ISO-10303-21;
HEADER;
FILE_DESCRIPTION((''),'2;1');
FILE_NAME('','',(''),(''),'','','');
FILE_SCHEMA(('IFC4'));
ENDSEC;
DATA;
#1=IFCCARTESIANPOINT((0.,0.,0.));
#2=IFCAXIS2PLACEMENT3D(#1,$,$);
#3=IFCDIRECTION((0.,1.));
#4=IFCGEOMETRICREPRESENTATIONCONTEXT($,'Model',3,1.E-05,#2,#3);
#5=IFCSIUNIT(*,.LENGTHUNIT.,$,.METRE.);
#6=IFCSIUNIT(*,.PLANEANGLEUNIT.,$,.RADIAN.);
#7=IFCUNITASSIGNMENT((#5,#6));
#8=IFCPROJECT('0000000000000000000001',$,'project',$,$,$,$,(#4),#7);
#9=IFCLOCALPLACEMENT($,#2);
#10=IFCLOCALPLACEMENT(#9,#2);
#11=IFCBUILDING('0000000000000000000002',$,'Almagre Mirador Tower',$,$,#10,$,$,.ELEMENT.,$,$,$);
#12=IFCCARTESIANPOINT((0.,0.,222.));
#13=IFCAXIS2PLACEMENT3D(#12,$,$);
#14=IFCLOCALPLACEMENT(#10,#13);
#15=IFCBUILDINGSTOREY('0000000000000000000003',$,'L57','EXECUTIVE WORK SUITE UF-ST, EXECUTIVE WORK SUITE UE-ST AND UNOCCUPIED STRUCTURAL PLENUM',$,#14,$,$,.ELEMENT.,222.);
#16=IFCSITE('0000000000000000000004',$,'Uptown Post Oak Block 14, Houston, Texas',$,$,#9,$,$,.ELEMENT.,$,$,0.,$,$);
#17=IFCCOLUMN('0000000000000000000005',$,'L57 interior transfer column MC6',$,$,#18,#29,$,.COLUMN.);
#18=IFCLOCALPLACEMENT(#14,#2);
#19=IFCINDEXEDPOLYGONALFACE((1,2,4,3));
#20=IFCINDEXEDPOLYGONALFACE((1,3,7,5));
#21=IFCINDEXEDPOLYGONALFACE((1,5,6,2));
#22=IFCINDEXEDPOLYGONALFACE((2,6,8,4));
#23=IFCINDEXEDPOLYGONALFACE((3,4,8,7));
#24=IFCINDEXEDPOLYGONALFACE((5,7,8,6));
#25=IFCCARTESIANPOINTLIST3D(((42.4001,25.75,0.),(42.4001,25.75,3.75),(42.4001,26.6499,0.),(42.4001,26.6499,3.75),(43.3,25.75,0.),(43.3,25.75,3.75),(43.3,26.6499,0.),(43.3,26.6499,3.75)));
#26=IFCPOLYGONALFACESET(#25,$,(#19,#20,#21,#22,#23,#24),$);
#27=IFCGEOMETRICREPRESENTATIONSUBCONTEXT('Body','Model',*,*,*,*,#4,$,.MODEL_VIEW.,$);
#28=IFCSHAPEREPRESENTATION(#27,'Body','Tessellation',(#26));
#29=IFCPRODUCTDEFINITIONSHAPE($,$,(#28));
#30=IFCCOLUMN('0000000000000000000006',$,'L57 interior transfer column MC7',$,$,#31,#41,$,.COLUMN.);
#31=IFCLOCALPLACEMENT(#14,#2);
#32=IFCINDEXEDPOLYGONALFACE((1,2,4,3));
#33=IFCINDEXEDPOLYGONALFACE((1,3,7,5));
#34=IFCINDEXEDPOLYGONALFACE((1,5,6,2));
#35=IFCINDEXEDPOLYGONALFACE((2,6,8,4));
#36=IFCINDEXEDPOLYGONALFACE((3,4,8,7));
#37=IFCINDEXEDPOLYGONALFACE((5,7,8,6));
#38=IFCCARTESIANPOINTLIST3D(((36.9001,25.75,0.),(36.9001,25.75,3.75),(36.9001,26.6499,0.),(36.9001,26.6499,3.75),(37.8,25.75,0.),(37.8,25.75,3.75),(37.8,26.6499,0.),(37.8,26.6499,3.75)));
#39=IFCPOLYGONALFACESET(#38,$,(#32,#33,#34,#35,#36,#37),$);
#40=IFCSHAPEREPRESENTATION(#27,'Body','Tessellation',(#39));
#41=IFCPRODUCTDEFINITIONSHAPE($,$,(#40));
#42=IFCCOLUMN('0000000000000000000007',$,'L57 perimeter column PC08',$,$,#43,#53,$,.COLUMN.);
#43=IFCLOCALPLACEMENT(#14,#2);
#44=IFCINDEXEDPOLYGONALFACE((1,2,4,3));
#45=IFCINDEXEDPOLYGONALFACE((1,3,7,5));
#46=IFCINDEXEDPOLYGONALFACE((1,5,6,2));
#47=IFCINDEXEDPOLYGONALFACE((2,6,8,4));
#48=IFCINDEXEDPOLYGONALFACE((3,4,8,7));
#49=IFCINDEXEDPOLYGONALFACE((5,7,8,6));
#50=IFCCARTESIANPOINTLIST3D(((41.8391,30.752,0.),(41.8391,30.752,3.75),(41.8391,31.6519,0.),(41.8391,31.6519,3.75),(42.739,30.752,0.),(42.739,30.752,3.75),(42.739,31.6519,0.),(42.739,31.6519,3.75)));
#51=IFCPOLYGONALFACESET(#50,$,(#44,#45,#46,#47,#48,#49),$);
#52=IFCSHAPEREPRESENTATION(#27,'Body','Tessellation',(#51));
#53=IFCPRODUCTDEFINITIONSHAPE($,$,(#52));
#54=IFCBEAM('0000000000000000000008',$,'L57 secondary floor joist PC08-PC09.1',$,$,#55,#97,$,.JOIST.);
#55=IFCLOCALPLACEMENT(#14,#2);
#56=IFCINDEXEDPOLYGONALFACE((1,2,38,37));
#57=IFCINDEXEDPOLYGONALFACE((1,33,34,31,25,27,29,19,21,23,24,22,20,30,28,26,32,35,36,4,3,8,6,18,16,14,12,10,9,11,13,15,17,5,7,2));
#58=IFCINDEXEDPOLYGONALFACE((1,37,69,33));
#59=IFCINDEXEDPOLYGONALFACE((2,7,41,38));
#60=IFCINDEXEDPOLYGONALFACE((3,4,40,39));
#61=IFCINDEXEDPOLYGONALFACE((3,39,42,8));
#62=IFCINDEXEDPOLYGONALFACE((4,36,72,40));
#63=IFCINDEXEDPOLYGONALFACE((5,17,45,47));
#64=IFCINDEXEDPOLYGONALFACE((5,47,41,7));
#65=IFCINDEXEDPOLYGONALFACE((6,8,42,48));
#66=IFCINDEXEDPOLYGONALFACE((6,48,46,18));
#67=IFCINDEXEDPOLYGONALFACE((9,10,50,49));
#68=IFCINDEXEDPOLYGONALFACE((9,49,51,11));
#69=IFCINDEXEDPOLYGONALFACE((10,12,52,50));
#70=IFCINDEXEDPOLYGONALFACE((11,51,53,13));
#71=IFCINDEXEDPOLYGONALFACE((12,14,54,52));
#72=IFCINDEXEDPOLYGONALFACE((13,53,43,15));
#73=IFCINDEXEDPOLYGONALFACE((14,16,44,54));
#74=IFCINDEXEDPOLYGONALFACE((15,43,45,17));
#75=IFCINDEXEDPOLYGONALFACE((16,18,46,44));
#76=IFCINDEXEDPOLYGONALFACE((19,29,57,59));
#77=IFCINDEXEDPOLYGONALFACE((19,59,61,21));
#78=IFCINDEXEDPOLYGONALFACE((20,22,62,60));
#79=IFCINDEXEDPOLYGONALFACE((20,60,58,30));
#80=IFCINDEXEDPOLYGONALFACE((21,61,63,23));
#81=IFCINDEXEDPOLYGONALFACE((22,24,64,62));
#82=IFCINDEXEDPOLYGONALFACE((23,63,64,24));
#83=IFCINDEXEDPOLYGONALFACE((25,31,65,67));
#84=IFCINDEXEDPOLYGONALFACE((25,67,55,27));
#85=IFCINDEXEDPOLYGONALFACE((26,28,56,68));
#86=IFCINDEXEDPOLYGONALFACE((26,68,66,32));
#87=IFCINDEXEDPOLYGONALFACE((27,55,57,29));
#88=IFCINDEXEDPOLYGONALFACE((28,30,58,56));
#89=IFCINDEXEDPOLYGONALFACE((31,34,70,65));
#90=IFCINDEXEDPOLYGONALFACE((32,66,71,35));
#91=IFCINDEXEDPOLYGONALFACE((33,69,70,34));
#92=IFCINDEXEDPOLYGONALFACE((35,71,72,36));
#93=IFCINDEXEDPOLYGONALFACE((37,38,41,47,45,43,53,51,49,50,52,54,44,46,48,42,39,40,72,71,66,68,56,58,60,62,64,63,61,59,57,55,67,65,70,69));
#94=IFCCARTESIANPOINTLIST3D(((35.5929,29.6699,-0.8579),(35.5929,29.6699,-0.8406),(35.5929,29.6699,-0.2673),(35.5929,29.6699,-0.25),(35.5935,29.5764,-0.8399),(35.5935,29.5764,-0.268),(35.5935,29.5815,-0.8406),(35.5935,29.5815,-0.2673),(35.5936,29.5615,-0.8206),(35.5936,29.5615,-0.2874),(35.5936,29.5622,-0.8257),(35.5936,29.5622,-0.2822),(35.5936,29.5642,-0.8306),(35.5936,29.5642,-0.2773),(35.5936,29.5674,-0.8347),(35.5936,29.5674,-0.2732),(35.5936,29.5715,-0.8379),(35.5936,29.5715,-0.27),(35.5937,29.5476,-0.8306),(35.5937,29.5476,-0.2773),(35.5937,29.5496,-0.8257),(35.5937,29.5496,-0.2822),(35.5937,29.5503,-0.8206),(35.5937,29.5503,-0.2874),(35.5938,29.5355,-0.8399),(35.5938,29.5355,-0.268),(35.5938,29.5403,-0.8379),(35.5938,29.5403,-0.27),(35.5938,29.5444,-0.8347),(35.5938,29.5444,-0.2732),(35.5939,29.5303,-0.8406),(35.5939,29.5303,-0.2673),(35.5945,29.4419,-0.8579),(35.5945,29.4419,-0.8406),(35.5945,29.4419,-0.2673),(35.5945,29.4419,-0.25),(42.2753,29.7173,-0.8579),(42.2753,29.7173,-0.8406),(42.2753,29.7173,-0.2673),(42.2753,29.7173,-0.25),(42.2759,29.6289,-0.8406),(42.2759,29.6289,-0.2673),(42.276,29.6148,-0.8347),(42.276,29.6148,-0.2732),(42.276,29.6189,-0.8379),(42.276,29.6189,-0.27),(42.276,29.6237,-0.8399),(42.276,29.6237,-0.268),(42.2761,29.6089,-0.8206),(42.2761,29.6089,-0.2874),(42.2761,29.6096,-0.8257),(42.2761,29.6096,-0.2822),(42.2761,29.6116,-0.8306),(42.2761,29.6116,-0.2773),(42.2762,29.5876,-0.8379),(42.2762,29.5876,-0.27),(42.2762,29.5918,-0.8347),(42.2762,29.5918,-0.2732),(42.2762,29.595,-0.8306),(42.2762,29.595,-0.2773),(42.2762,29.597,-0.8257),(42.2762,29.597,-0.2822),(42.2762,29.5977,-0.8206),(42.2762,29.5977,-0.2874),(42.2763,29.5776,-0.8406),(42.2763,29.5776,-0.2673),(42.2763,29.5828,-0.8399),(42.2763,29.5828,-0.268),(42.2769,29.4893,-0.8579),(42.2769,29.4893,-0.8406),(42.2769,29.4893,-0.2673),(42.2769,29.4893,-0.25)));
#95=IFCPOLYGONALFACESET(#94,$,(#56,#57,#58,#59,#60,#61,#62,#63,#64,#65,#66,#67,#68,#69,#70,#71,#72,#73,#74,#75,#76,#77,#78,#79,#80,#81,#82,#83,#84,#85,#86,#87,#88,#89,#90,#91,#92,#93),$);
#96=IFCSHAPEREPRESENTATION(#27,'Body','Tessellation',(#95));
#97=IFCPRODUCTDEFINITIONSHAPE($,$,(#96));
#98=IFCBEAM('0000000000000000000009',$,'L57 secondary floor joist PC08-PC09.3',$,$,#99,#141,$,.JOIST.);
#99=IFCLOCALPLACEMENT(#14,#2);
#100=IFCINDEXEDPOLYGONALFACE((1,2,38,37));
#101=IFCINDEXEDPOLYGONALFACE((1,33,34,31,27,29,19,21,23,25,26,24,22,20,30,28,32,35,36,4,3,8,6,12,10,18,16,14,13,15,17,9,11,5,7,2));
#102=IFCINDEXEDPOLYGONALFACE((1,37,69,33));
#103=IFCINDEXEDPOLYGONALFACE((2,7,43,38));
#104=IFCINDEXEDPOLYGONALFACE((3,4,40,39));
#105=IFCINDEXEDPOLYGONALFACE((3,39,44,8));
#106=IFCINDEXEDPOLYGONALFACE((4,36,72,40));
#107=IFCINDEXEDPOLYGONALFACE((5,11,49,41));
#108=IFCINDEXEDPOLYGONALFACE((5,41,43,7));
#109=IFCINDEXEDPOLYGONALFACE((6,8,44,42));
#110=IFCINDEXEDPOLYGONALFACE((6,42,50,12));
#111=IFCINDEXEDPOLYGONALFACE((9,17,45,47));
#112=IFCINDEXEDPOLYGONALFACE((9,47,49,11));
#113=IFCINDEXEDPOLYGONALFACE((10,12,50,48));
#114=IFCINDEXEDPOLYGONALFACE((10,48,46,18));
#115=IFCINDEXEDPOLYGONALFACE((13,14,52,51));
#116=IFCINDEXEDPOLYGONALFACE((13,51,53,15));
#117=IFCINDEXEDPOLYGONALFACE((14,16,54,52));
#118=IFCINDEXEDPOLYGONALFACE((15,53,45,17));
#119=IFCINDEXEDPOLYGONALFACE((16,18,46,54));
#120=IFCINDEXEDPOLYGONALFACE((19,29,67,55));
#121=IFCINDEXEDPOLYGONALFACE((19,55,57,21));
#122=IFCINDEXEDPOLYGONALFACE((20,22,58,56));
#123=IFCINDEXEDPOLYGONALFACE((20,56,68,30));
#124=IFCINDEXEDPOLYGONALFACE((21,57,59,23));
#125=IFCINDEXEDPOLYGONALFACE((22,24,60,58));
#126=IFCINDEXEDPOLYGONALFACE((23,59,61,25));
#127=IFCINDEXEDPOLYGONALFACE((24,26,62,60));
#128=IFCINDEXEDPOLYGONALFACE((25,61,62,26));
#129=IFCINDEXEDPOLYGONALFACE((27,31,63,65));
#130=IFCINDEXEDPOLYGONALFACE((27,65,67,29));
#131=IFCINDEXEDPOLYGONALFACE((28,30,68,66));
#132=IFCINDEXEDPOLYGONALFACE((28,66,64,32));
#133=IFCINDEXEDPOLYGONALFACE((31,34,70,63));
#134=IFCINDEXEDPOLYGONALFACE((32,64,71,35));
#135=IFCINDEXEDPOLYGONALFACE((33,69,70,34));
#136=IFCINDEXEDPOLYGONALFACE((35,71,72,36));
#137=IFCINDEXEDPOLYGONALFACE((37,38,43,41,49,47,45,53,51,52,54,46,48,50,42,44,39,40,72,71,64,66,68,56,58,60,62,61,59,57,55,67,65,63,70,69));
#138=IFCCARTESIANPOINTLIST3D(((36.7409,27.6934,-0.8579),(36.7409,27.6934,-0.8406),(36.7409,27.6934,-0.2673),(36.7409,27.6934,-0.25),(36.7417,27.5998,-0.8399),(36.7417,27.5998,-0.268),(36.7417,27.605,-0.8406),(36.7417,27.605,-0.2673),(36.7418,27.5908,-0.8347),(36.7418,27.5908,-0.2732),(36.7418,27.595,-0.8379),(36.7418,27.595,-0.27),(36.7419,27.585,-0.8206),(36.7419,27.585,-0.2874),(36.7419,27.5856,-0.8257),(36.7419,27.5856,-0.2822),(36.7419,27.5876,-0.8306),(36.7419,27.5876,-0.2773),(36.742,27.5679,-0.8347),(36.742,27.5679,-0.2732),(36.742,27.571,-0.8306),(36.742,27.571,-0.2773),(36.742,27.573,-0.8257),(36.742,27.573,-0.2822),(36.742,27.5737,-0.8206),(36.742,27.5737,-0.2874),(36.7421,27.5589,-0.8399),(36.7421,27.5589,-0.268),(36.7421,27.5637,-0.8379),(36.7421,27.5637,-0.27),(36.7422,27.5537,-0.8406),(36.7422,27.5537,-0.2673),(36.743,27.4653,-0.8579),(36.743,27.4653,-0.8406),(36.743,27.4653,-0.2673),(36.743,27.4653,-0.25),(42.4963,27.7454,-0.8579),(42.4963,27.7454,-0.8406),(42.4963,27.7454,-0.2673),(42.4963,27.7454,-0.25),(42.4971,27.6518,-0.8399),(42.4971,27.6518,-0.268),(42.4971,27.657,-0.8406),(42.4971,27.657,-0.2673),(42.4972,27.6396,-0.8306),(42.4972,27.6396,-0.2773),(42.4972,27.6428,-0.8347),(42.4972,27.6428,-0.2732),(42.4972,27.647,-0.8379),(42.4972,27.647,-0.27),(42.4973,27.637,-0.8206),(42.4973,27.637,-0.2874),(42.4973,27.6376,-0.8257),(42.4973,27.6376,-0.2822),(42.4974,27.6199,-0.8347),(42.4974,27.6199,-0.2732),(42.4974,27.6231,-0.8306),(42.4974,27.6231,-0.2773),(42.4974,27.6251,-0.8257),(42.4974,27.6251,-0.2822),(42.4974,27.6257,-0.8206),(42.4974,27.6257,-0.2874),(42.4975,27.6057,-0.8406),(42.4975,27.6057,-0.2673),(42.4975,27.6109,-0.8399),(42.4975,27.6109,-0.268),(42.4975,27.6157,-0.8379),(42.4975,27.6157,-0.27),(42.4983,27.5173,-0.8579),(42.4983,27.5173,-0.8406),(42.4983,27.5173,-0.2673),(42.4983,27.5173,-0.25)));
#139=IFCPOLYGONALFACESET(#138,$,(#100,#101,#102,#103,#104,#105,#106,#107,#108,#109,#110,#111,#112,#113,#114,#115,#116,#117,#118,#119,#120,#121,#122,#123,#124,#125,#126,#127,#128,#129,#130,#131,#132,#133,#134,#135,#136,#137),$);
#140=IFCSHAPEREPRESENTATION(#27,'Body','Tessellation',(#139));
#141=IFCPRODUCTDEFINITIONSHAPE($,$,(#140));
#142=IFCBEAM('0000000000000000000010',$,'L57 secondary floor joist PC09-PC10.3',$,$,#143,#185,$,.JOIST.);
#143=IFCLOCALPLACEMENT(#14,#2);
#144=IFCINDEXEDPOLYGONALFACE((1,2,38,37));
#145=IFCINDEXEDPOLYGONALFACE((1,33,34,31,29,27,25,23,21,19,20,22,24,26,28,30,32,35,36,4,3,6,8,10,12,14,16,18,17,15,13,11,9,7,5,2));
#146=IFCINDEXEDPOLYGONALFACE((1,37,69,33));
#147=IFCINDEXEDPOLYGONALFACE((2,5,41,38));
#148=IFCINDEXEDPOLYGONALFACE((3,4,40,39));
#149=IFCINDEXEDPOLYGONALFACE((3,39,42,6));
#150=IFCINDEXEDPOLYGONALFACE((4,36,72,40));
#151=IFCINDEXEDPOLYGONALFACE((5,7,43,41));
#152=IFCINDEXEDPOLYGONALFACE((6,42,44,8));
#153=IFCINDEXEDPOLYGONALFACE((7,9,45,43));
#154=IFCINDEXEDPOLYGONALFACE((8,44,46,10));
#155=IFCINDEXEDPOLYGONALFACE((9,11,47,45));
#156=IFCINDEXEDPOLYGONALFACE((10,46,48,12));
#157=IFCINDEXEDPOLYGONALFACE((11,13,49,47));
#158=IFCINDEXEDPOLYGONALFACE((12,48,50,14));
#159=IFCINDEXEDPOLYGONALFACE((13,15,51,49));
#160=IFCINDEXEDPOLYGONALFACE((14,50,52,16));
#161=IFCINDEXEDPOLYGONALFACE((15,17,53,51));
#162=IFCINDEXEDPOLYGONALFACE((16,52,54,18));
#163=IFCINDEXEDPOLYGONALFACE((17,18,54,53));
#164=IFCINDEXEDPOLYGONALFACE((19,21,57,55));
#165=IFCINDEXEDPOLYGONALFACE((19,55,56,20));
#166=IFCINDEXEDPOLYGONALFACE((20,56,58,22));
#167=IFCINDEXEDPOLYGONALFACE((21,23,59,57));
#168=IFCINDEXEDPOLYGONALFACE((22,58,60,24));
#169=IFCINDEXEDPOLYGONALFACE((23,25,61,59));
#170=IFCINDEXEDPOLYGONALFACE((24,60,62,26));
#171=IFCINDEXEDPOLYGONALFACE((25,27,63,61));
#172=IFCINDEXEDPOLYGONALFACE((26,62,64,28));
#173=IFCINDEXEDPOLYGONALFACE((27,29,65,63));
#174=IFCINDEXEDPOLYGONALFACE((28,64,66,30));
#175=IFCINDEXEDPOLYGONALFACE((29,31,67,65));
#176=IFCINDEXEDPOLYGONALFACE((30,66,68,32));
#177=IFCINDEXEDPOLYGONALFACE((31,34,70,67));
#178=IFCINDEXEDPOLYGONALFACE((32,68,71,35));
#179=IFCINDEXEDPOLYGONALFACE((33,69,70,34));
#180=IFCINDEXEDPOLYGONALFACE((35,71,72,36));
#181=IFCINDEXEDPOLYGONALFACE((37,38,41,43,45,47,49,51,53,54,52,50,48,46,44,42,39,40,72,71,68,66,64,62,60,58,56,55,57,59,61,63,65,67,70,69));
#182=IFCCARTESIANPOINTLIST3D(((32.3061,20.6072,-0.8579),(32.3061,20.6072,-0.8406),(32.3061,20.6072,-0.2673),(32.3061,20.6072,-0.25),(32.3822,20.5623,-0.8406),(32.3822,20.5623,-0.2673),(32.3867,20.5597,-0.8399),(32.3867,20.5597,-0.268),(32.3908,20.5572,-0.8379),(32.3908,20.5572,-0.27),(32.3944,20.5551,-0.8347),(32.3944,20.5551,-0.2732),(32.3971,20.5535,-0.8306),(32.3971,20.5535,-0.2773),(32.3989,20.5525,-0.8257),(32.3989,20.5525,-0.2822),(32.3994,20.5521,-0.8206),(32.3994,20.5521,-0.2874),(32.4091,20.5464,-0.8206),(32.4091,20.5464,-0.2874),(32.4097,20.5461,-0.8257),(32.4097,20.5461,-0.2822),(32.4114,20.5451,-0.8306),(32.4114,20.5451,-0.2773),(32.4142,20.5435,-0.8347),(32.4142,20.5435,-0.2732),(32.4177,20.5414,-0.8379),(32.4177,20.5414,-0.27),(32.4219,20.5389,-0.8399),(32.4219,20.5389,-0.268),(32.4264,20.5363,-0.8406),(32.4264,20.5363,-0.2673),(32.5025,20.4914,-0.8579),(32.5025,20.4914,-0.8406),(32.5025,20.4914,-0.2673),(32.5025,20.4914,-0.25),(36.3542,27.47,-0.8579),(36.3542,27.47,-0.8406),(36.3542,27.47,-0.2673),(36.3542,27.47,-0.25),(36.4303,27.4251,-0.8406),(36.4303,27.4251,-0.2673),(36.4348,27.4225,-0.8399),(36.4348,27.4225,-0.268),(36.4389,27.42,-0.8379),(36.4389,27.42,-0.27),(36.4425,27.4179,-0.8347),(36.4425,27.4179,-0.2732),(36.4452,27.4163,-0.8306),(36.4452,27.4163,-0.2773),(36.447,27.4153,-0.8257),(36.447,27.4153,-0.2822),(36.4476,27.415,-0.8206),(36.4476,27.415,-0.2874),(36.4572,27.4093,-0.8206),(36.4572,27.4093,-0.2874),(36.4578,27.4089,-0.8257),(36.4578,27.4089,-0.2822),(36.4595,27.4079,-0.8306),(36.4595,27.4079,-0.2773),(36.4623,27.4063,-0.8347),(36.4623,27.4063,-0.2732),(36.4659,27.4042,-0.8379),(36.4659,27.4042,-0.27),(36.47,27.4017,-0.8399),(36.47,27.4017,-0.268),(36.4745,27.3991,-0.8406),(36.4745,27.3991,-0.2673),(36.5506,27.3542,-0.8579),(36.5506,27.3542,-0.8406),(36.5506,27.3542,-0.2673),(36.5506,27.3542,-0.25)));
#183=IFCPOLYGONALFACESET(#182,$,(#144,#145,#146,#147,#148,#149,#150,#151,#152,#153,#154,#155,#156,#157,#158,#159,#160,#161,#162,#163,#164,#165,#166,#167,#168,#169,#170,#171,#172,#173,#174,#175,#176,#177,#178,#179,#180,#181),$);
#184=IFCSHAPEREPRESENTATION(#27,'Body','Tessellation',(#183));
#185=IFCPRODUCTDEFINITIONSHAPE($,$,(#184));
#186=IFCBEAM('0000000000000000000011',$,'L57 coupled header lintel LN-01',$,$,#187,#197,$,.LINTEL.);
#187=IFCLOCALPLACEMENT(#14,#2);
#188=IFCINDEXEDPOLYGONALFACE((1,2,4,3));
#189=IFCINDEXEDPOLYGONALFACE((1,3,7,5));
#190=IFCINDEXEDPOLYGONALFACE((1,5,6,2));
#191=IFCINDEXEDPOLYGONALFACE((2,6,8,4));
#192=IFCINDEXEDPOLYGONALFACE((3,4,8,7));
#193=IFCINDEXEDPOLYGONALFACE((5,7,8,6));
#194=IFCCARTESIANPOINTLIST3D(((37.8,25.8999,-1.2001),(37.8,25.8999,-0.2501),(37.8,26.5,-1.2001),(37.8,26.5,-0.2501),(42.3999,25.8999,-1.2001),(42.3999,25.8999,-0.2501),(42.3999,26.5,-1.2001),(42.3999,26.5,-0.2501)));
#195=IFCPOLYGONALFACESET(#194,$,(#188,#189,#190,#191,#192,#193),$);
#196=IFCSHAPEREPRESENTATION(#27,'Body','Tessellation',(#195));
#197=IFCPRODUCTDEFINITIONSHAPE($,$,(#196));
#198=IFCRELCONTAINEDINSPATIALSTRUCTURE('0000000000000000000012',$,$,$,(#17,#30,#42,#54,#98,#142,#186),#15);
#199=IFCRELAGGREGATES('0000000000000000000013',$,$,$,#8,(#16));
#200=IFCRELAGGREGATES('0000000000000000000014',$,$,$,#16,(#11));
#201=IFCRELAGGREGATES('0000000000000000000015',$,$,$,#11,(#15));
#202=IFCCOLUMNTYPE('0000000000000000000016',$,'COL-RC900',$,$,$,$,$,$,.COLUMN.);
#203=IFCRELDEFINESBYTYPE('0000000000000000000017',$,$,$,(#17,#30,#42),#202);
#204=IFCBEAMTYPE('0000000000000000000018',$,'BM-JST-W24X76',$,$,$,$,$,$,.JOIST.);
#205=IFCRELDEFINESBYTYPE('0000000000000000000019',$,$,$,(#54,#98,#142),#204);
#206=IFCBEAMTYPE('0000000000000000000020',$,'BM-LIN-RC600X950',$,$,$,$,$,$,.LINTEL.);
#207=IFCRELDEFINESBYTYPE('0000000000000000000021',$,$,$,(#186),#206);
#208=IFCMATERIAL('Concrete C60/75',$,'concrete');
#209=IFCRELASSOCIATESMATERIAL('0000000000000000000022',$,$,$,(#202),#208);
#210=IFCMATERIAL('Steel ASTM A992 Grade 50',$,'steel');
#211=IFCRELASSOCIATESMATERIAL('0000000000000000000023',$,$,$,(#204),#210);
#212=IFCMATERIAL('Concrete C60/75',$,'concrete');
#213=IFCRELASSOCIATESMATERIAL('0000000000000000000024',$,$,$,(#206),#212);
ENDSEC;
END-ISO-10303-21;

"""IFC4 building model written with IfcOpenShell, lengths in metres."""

from ifc_helpers import new_model, si_unit, direction, frame, origin, origin_2d, place, context, subcontext, project, spatial, rectangle, i_section, extrude, material, material_profile, profile_set, type_object, element, save


model = new_model("IFC4")

# Units and contexts
model_context = context("Model", 3, precision=1e-05, world=origin(), true_north=direction((0.0, 1.0)))
body_context = subcontext(model_context, "Body", "Model", "MODEL_VIEW")
ifc_project = project(units=[si_unit("LENGTHUNIT", "METRE"), si_unit("PLANEANGLEUNIT", "RADIAN")], contexts=[model_context])

# Site, building, storey
site_placement = place(None, origin())
site = spatial("IfcSite", under=ifc_project, at=site_placement, Name="Uptown Post Oak Block 14, Houston, Texas", CompositionType="ELEMENT", RefElevation=0.0)
building_placement = place(site_placement, origin())
building = spatial("IfcBuilding", under=site, at=building_placement, Name="Almagre Mirador Tower", CompositionType="ELEMENT")
storey_placement = place(building_placement, frame((0.0, 0.0, 222.0)))
storey = spatial("IfcBuildingStorey", under=building, at=storey_placement, Name="L57", Description="EXECUTIVE WORK SUITE UF-ST, EXECUTIVE WORK SUITE UE-ST AND UNOCCUPIED STRUCTURAL PLENUM", CompositionType="ELEMENT", Elevation=222.0)

# Columns
ifc_material_1 = material(Name="Concrete C60/75", Category="concrete")
ifc_material_profile_1 = material_profile(ifc_material_1, rectangle(XDim=0.8999, YDim=0.8999, at=origin_2d()), Name="RC900X900")
ifc_profile_set_1 = profile_set([ifc_material_profile_1], Name="Concrete C60/75")
column_type = type_object("IfcColumnType", Name="COL-RC900", PredefinedType="COLUMN", material=ifc_profile_set_1)
for number, where, z_axis, x_axis, name in (
    (1, (42.8501, 26.2, 0.0), (0.0, 0.0, 1.0), (1.0, 0.0, 0.0), "L57 interior transfer column MC6"),
    (2, (37.3501, 26.2, 0.0), (0.0, 0.0, 1.0), (1.0, 0.0, 0.0), "L57 interior transfer column MC7"),
    (3, (42.2891, 31.2019, 0.0), (0.0, 0.0, 1.0), (1.0, 0.0, 0.0), "L57 perimeter column PC08"),
):
    element("IfcColumn", number, at=place(storey_placement, frame(where, z_axis=z_axis, x_axis=x_axis)), inside=storey, type_object=column_type, Name=name, PredefinedType="COLUMN", context=body_context, shape_type="SweptSolid", body=[
        extrude(rectangle(XDim=0.8999, YDim=0.8999, at=origin_2d()), origin(), (0.0, 0.0, 1.0), 3.75),
    ])

# Beams
ifc_material_2 = material(Name="Steel ASTM A992 Grade 50", Category="steel")
ifc_material_profile_2 = material_profile(ifc_material_2, i_section(OverallWidth=0.228, OverallDepth=0.6079, WebThickness=0.0112, FlangeThickness=0.0173, FilletRadius=0.02, at=origin_2d()), Name="W24X76")
ifc_profile_set_2 = profile_set([ifc_material_profile_2], Name="Steel ASTM A992 Grade 50")
beam_type_1 = type_object("IfcBeamType", Name="BM-JST-W24X76", PredefinedType="JOIST", material=ifc_profile_set_2)
beam_1_placement = place(storey_placement, frame((42.2761, 29.6033, -0.554), z_axis=(-0.999975, -0.007088, 0.0), x_axis=(0.007088, -0.999975, 0.0)))
element("IfcBeam", 4, at=beam_1_placement, inside=storey, type_object=beam_type_1, Name="L57 secondary floor joist PC08-PC09.1", PredefinedType="JOIST", context=body_context, shape_type="SweptSolid", body=[
    extrude(i_section(OverallWidth=0.228, OverallDepth=0.6079, WebThickness=0.0112, FlangeThickness=0.0173, FilletRadius=0.02, at=origin_2d()), origin(), (0.0, 0.0, 1.0), 6.6826),
])
beam_2_placement = place(storey_placement, frame((42.4973, 27.6313, -0.554), z_axis=(-0.999959, -0.009035, 0.0), x_axis=(0.009035, -0.999959, 0.0)))
element("IfcBeam", 5, at=beam_2_placement, inside=storey, type_object=beam_type_1, Name="L57 secondary floor joist PC08-PC09.3", PredefinedType="JOIST", context=body_context, shape_type="SweptSolid", body=[
    extrude(i_section(OverallWidth=0.228, OverallDepth=0.6079, WebThickness=0.0112, FlangeThickness=0.0173, FilletRadius=0.02, at=origin_2d()), origin(), (0.0, 0.0, 1.0), 5.7556),
])
beam_3_placement = place(storey_placement, frame((36.4524, 27.4121, -0.554), z_axis=(-0.50806, -0.861322, 0.0), x_axis=(0.861322, -0.50806, 0.0)))
element("IfcBeam", 6, at=beam_3_placement, inside=storey, type_object=beam_type_1, Name="L57 secondary floor joist PC09-PC10.3", PredefinedType="JOIST", context=body_context, shape_type="SweptSolid", body=[
    extrude(i_section(OverallWidth=0.228, OverallDepth=0.6079, WebThickness=0.0112, FlangeThickness=0.0173, FilletRadius=0.02, at=origin_2d()), origin(), (0.0, 0.0, 1.0), 7.9678),
])
ifc_material_3 = material(Name="Concrete C60/75", Category="concrete")
ifc_material_profile_3 = material_profile(ifc_material_3, rectangle(XDim=0.6001, YDim=0.95, at=origin_2d()), Name="RC600X950")
ifc_profile_set_3 = profile_set([ifc_material_profile_3], Name="Concrete C60/75")
beam_type_2 = type_object("IfcBeamType", Name="BM-LIN-RC600X950", PredefinedType="LINTEL", material=ifc_profile_set_3)
beam_4_placement = place(storey_placement, frame((37.8, 26.2, -0.7251), z_axis=(1.0, 0.0, 0.0), x_axis=(0.0, 1.0, 0.0)))
element("IfcBeam", 7, at=beam_4_placement, inside=storey, type_object=beam_type_2, Name="L57 coupled header lintel LN-01", PredefinedType="LINTEL", context=body_context, shape_type="SweptSolid", body=[
    extrude(rectangle(XDim=0.6001, YDim=0.95, at=origin_2d()), origin(), (0.0, 0.0, 1.0), 4.5999),
])

save(model, "model.ifc")
